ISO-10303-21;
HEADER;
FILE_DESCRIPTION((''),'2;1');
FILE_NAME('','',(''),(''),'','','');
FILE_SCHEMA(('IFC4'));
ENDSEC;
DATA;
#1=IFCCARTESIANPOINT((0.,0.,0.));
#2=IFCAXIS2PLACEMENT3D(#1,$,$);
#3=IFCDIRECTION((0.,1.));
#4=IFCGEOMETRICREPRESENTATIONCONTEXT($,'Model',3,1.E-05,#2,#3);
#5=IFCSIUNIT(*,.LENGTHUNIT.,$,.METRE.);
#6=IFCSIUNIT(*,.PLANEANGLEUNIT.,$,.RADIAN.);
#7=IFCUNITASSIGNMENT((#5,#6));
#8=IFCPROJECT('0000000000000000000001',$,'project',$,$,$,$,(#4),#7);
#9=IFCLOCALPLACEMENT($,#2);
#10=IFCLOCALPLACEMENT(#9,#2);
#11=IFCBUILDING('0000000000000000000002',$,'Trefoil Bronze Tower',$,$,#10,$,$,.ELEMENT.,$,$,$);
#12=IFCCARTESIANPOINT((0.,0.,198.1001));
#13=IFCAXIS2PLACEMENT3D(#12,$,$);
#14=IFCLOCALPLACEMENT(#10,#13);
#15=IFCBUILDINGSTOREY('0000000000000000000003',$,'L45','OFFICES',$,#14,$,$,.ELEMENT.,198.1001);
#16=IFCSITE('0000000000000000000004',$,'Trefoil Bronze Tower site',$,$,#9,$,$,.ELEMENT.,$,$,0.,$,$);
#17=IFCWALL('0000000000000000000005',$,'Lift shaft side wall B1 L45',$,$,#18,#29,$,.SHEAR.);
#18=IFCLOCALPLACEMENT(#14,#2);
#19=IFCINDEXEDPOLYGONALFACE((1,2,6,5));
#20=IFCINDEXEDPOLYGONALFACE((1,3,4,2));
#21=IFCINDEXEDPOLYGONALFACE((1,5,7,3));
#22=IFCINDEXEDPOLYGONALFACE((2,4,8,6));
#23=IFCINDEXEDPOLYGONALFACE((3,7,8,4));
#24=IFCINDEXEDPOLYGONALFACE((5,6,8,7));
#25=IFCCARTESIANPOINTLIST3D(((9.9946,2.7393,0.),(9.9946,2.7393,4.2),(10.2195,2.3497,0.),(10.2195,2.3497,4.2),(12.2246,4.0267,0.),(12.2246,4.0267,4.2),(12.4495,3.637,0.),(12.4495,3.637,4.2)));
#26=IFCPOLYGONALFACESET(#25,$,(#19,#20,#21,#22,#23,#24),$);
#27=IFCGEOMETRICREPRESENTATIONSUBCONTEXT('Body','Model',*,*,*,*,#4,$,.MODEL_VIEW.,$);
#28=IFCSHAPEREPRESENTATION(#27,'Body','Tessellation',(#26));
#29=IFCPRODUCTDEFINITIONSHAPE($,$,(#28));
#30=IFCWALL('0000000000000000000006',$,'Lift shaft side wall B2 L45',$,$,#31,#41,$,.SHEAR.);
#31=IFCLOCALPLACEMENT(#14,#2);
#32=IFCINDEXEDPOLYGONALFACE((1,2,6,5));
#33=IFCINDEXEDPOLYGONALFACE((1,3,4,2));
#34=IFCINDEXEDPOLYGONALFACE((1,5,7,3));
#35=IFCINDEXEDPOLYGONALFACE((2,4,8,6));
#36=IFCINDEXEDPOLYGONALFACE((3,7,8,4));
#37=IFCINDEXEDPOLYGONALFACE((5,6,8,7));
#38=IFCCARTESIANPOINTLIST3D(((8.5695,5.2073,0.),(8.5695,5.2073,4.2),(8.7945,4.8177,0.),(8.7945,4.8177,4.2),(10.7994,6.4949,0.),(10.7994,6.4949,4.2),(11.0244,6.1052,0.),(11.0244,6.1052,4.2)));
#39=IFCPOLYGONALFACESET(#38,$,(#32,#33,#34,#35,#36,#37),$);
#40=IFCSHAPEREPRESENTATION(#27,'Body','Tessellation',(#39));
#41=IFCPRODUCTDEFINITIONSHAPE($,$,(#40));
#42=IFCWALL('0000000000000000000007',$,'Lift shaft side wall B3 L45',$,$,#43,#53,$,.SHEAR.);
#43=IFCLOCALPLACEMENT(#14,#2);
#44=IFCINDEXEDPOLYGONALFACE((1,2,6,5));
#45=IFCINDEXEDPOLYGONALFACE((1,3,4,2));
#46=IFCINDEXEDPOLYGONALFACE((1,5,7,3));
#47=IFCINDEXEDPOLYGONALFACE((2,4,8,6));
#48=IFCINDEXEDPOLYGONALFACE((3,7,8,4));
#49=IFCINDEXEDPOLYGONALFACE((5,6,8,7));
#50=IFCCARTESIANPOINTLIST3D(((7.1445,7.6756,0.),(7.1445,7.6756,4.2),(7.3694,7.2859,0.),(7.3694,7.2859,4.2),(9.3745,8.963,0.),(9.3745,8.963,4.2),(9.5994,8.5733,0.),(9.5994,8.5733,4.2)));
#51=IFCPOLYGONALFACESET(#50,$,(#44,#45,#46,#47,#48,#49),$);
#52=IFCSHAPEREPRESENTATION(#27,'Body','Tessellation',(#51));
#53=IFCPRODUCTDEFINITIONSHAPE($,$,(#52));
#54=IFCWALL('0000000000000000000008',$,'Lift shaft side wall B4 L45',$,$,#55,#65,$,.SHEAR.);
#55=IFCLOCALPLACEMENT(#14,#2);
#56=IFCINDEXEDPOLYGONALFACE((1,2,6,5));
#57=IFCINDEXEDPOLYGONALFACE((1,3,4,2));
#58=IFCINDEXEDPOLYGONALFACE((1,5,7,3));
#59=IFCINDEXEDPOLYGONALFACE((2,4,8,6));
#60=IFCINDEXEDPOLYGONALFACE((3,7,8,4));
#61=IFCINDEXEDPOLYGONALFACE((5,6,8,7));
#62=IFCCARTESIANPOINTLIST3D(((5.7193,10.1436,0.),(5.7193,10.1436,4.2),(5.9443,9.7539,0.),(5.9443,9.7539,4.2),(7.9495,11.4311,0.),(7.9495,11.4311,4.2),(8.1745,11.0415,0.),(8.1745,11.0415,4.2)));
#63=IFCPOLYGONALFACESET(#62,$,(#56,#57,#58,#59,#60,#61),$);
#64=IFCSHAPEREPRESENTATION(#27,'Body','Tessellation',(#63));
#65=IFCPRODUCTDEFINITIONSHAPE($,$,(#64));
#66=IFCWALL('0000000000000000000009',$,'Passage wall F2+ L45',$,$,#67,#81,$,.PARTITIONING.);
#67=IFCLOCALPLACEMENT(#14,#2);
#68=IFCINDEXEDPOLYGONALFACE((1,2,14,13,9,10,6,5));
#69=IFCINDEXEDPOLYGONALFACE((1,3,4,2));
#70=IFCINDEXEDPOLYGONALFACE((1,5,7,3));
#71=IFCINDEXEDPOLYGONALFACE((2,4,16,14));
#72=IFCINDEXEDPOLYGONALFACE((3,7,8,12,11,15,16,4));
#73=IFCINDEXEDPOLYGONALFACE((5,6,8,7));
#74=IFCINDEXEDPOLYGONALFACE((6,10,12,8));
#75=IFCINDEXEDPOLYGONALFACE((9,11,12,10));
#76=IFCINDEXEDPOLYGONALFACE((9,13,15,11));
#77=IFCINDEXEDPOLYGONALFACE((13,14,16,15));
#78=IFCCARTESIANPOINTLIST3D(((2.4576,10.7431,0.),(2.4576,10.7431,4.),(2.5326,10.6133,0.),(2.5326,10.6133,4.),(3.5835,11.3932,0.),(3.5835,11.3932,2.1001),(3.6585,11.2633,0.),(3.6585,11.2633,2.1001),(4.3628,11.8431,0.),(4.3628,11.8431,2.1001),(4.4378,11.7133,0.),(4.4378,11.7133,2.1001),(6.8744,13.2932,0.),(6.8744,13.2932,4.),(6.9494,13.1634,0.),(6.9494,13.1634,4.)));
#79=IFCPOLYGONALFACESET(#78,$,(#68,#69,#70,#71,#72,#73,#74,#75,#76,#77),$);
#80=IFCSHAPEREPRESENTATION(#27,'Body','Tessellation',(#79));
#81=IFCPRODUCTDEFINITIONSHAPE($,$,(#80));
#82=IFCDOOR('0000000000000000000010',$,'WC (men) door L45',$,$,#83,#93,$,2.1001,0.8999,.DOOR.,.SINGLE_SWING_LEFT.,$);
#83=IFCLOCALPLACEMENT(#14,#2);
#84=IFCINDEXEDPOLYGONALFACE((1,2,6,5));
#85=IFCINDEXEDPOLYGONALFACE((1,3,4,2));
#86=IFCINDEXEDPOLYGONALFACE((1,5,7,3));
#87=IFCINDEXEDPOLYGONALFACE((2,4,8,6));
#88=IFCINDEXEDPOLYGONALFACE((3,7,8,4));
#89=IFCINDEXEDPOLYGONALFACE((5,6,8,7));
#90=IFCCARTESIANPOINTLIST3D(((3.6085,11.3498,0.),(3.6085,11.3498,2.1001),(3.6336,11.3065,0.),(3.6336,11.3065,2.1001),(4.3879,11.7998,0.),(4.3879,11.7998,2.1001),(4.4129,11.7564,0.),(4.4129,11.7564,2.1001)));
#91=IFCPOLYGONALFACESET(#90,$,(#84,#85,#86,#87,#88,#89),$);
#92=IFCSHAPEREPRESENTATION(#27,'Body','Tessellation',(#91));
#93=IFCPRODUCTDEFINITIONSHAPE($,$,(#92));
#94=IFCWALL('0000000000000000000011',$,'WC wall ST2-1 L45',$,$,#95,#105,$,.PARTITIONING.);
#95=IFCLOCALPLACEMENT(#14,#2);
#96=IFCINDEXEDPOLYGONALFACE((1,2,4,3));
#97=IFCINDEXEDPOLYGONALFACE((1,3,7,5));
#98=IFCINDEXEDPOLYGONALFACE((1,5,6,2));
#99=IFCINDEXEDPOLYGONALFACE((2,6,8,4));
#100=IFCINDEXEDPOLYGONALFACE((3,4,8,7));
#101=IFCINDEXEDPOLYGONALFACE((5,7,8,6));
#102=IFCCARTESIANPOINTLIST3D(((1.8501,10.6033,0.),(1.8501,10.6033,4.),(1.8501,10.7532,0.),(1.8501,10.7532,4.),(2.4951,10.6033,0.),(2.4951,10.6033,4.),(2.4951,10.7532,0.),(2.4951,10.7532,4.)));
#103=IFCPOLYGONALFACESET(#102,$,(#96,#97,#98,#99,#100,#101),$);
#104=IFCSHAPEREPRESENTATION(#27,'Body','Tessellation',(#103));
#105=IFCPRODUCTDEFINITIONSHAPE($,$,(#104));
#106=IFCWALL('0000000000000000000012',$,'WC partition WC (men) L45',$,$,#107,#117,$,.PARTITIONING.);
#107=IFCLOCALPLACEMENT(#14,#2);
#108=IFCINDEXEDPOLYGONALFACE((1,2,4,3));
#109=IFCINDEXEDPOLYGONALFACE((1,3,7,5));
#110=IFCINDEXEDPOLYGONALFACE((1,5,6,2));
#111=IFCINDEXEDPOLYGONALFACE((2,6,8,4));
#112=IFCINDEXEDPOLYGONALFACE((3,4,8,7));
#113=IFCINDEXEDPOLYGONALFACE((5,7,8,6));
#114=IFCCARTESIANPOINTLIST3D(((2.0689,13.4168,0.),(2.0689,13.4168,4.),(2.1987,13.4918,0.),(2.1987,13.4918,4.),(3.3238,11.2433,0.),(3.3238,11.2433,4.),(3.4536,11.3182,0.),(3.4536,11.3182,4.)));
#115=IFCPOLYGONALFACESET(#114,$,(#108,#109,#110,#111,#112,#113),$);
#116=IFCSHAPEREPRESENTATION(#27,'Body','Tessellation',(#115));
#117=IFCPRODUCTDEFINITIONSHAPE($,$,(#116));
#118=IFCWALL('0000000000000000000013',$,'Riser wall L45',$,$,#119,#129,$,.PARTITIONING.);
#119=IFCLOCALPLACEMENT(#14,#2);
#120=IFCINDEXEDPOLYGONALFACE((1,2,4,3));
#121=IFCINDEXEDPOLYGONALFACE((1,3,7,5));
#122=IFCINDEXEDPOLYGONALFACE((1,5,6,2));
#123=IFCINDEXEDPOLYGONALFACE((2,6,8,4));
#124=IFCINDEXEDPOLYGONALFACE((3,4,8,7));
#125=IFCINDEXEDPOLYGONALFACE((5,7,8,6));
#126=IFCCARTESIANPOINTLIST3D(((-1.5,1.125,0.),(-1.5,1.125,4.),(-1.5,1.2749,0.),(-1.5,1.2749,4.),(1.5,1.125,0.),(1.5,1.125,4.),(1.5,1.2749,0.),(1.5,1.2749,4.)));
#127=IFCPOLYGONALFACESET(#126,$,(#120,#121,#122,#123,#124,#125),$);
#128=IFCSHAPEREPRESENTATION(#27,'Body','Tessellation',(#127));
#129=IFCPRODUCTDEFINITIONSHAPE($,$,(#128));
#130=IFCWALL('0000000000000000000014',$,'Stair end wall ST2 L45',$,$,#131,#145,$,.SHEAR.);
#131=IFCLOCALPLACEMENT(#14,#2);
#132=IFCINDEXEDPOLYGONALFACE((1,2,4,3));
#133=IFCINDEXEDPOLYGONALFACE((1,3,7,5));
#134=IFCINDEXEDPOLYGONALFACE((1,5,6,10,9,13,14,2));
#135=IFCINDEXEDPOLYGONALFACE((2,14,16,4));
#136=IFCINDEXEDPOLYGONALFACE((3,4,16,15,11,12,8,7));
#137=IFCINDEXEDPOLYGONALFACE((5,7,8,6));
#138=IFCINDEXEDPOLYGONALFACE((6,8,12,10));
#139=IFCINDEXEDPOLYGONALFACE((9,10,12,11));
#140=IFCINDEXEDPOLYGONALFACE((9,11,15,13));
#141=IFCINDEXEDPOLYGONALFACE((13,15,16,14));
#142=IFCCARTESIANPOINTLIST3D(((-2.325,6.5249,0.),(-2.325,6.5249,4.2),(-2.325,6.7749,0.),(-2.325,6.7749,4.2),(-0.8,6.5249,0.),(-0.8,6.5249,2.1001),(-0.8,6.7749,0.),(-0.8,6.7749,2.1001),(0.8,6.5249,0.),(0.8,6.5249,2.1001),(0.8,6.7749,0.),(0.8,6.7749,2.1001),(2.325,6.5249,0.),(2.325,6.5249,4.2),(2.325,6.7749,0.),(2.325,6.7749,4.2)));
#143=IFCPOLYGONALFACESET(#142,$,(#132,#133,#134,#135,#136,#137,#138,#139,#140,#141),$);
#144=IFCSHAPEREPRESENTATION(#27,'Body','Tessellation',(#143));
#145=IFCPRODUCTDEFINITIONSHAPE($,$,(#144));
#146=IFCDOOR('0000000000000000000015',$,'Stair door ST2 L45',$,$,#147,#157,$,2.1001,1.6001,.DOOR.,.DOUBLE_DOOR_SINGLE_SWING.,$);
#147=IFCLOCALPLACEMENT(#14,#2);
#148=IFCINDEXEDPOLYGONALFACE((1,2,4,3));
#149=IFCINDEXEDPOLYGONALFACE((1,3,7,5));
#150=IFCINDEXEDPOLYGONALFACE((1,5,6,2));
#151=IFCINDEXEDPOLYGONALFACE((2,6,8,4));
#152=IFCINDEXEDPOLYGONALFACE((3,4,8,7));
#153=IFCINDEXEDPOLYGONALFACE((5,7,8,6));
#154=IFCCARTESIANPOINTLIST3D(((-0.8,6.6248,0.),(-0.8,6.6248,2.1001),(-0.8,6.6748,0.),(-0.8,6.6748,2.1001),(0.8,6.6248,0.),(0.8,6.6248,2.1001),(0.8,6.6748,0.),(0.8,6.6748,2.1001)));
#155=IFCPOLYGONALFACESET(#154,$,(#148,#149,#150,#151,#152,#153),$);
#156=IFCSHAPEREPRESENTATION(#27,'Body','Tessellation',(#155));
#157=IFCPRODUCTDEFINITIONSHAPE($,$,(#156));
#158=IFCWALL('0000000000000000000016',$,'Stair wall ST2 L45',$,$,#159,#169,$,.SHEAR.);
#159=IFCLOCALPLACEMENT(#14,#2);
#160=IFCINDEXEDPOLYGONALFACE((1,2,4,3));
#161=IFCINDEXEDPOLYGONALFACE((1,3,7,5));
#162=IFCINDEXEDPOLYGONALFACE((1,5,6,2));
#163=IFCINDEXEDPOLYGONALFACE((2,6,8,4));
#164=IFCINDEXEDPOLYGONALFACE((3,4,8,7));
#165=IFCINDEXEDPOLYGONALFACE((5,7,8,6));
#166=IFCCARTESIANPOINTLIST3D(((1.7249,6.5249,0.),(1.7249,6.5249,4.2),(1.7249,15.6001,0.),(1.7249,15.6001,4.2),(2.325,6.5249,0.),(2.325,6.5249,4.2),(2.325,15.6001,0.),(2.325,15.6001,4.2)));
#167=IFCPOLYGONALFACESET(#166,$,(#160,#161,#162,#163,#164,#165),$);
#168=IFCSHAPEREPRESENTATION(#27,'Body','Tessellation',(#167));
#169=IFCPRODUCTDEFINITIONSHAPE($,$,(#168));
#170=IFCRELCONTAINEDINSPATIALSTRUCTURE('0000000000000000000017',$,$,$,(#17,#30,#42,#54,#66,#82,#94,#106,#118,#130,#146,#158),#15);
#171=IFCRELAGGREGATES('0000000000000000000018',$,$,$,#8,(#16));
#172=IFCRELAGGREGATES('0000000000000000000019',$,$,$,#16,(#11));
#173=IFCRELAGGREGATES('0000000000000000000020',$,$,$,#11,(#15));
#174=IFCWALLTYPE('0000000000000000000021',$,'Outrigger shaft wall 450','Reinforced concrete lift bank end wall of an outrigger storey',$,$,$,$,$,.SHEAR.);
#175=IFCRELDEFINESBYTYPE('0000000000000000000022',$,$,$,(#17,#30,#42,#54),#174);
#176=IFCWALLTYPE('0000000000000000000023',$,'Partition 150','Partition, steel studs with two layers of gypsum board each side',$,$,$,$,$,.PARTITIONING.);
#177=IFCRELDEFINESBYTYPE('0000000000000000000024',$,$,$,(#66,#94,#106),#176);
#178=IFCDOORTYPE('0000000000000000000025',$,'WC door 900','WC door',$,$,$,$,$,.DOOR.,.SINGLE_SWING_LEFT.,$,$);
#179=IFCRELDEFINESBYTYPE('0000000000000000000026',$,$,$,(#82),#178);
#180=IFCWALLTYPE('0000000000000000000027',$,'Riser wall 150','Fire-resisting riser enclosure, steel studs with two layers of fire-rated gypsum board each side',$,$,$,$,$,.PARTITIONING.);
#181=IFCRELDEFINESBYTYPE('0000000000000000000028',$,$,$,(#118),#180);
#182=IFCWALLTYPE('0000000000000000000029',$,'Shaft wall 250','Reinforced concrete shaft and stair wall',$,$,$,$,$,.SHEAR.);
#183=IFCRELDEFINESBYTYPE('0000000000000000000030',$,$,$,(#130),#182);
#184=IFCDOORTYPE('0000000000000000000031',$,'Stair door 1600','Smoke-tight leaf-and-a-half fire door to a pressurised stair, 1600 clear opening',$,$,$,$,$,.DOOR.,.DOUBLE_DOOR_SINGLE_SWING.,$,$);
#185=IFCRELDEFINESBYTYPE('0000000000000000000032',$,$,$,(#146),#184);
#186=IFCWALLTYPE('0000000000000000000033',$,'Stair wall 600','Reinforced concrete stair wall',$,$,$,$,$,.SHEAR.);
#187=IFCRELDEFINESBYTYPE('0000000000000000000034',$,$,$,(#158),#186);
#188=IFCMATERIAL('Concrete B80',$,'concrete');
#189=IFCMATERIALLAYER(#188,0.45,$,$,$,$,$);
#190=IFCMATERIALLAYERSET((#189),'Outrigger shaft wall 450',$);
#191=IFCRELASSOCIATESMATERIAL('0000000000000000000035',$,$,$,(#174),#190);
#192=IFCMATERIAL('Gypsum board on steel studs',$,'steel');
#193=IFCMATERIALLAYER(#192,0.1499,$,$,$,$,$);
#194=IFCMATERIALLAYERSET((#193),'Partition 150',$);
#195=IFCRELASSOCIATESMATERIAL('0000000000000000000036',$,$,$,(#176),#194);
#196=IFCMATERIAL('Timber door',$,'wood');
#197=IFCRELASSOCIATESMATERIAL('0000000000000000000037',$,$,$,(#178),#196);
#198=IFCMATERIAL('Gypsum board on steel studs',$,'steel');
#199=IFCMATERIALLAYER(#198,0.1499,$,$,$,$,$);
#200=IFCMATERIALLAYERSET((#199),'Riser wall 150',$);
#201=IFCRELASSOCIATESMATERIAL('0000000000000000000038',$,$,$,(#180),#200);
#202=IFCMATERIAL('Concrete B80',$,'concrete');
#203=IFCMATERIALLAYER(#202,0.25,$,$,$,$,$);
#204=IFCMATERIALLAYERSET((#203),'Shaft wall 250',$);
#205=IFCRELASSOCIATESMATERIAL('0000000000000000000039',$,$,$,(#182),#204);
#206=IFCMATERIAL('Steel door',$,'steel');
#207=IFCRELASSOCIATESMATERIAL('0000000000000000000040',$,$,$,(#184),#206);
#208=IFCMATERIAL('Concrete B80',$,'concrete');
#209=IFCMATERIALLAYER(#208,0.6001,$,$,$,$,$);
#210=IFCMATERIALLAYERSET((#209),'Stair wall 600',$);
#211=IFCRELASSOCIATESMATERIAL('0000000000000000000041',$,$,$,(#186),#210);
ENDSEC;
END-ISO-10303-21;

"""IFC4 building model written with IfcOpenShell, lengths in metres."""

from ifc_helpers import new_model, si_unit, direction, frame, frame_2d, origin, place, context, subcontext, project, spatial, rectangle, extrude, material, layer, layer_set, type_object, element, fill, save


model = new_model("IFC4")

# Units and contexts
model_context = context("Model", 3, precision=1e-05, world=origin(), true_north=direction((0.0, 1.0)))
body_context = subcontext(model_context, "Body", "Model", "MODEL_VIEW")
ifc_project = project(units=[si_unit("LENGTHUNIT", "METRE"), si_unit("PLANEANGLEUNIT", "RADIAN")], contexts=[model_context])

# Site, building, storey
site_placement = place(None, origin())
site = spatial("IfcSite", under=ifc_project, at=site_placement, Name="Trefoil Bronze Tower site", CompositionType="ELEMENT", RefElevation=0.0)
building_placement = place(site_placement, origin())
building = spatial("IfcBuilding", under=site, at=building_placement, Name="Trefoil Bronze Tower", CompositionType="ELEMENT")
storey_placement = place(building_placement, frame((0.0, 0.0, 198.1001)))
storey = spatial("IfcBuildingStorey", under=building, at=storey_placement, Name="L45", Description="OFFICES", CompositionType="ELEMENT", Elevation=198.1001)

# Walls
ifc_material_1 = material(Name="Concrete B80", Category="concrete")
ifc_layer_1 = layer(ifc_material_1, 0.45)
ifc_layer_set_1 = layer_set([ifc_layer_1], Name="Outrigger shaft wall 450")
wall_type_1 = type_object("IfcWallType", Name="Outrigger shaft wall 450", Description="Reinforced concrete lift bank end wall of an outrigger storey", PredefinedType="SHEAR", material=ifc_layer_set_1)
for number, where, z_axis, x_axis, name in (
    (1, (10.1069, 2.5444, 0.0), (0.0, 0.0, 1.0), (0.866047, 0.499963, 0.0), "Lift shaft side wall B1 L45"),
    (2, (8.6819, 5.0125, 0.0), (0.0, 0.0, 1.0), (0.866006, 0.500034, 0.0), "Lift shaft side wall B2 L45"),
    (3, (7.2568, 7.4807, 0.0), (0.0, 0.0, 1.0), (0.866047, 0.499963, 0.0), "Lift shaft side wall B3 L45"),
):
    element("IfcWall", number, at=place(storey_placement, frame(where, z_axis=z_axis, x_axis=x_axis)), inside=storey, type_object=wall_type_1, Name=name, PredefinedType="SHEAR", context=body_context, shape_type="SweptSolid", body=[
        extrude(rectangle(XDim=2.575, YDim=0.45, at=frame_2d((1.2876, 0.0))), origin(), (0.0, 0.0, 1.0), 4.2),
    ])
wall_1_placement = place(storey_placement, frame((5.8318, 9.9487, 0.0), z_axis=(0.0, 0.0, 1.0), x_axis=(0.866029, 0.499993, 0.0)))
element("IfcWall", 4, at=wall_1_placement, inside=storey, type_object=wall_type_1, Name="Lift shaft side wall B4 L45", PredefinedType="SHEAR", context=body_context, shape_type="SweptSolid", body=[
    extrude(rectangle(XDim=2.5752, YDim=0.45, at=frame_2d((1.2876, 0.0))), origin(), (0.0, 0.0, 1.0), 4.2),
])

# Wall, opening, door
ifc_material_2 = material(Name="Gypsum board on steel studs", Category="steel")
ifc_layer_2 = layer(ifc_material_2, 0.1499)
ifc_layer_set_2 = layer_set([ifc_layer_2], Name="Partition 150")
wall_type_2 = type_object("IfcWallType", Name="Partition 150", Description="Partition, steel studs with two layers of gypsum board each side", PredefinedType="PARTITIONING", material=ifc_layer_set_2)
wall_2_placement = place(storey_placement, frame((2.4951, 10.6782, 0.0), z_axis=(0.0, 0.0, 1.0), x_axis=(0.866022, 0.500006, 0.0)))
wall_2 = element("IfcWall", 5, at=wall_2_placement, inside=storey, type_object=wall_type_2, Name="Passage wall F2+ L45", PredefinedType="PARTITIONING", context=body_context, shape_type="SweptSolid", body=[
    extrude(rectangle(XDim=5.1001, YDim=0.1499, at=frame_2d((2.55, 0.0))), origin(), (0.0, 0.0, 1.0), 4.0),
])
opening_1_placement = place(wall_2_placement, frame((1.3, 0.0, 0.0)))
opening_1 = element("IfcOpeningElement", 6, at=opening_1_placement, cuts=wall_2, PredefinedType="OPENING", context=body_context, shape_type="SweptSolid", body=[
    extrude(rectangle(XDim=0.8999, YDim=2.1001, at=frame_2d((0.45, 1.05))), frame((0.0, 0.085, 0.0), z_axis=(0.0, -1.0, 0.0), x_axis=(1.0, 0.0, 0.0)), (0.0, 0.0, 1.0), 0.1699),
])
ifc_material_3 = material(Name="Timber door", Category="wood")
door_type_1 = type_object("IfcDoorType", Name="WC door 900", Description="WC door", OperationType="SINGLE_SWING_LEFT", PredefinedType="DOOR", material=ifc_material_3)
door_1_placement = place(opening_1_placement, origin())
door_1 = element("IfcDoor", 7, at=door_1_placement, inside=storey, type_object=door_type_1, Name="WC (men) door L45", OperationType="SINGLE_SWING_LEFT", OverallHeight=2.1001, OverallWidth=0.8999, PredefinedType="DOOR", context=body_context, shape_type="SweptSolid", body=[
    extrude(rectangle(XDim=0.8999, YDim=2.1001, at=frame_2d((0.45, 1.05))), frame((0.0, 0.0249, 0.0), z_axis=(0.0, -1.0, 0.0), x_axis=(1.0, 0.0, 0.0)), (0.0, 0.0, 1.0), 0.05),
])
fill(opening_1, door_1)

# Walls
wall_3_placement = place(storey_placement, frame((2.4951, 10.6782, 0.0), z_axis=(0.0, 0.0, 1.0), x_axis=(-1.0, 0.0, 0.0)))
element("IfcWall", 8, at=wall_3_placement, inside=storey, type_object=wall_type_2, Name="WC wall ST2-1 L45", PredefinedType="PARTITIONING", context=body_context, shape_type="SweptSolid", body=[
    extrude(rectangle(XDim=0.645, YDim=0.1499, at=frame_2d((0.3225, 0.0))), origin(), (0.0, 0.0, 1.0), 4.0),
])
wall_4_placement = place(storey_placement, frame((3.3887, 11.2808, 0.0), z_axis=(0.0, 0.0, 1.0), x_axis=(-0.499989, 0.866032, 0.0)))
element("IfcWall", 9, at=wall_4_placement, inside=storey, type_object=wall_type_2, Name="WC partition WC (men) L45", PredefinedType="PARTITIONING", context=body_context, shape_type="SweptSolid", body=[
    extrude(rectangle(XDim=2.5098, YDim=0.1499, at=frame_2d((1.2549, 0.0))), origin(), (0.0, 0.0, 1.0), 4.0),
])
ifc_material_4 = material(Name="Gypsum board on steel studs", Category="steel")
ifc_layer_3 = layer(ifc_material_4, 0.1499)
ifc_layer_set_3 = layer_set([ifc_layer_3], Name="Riser wall 150")
wall_type_3 = type_object("IfcWallType", Name="Riser wall 150", Description="Fire-resisting riser enclosure, steel studs with two layers of fire-rated gypsum board each side", PredefinedType="PARTITIONING", material=ifc_layer_set_3)
wall_5_placement = place(storey_placement, frame((1.5, 1.2, 0.0), z_axis=(0.0, 0.0, 1.0), x_axis=(-1.0, 0.0, 0.0)))
element("IfcWall", 10, at=wall_5_placement, inside=storey, type_object=wall_type_3, Name="Riser wall L45", PredefinedType="PARTITIONING", context=body_context, shape_type="SweptSolid", body=[
    extrude(rectangle(XDim=3.0, YDim=0.1499, at=frame_2d((1.5, 0.0))), origin(), (0.0, 0.0, 1.0), 4.0),
])

# Wall, opening, door
ifc_material_5 = material(Name="Concrete B80", Category="concrete")
ifc_layer_4 = layer(ifc_material_5, 0.25)
ifc_layer_set_4 = layer_set([ifc_layer_4], Name="Shaft wall 250")
wall_type_4 = type_object("IfcWallType", Name="Shaft wall 250", Description="Reinforced concrete shaft and stair wall", PredefinedType="SHEAR", material=ifc_layer_set_4)
wall_6_placement = place(storey_placement, frame((2.325, 6.6499, 0.0), z_axis=(0.0, 0.0, 1.0), x_axis=(-1.0, 0.0, 0.0)))
wall_6 = element("IfcWall", 11, at=wall_6_placement, inside=storey, type_object=wall_type_4, Name="Stair end wall ST2 L45", PredefinedType="SHEAR", context=body_context, shape_type="SweptSolid", body=[
    extrude(rectangle(XDim=4.6499, YDim=0.25, at=frame_2d((2.325, 0.0))), origin(), (0.0, 0.0, 1.0), 4.2),
])
opening_2_placement = place(wall_6_placement, frame((1.5249, 0.0, 0.0)))
opening_2 = element("IfcOpeningElement", 12, at=opening_2_placement, cuts=wall_6, PredefinedType="OPENING", context=body_context, shape_type="SweptSolid", body=[
    extrude(rectangle(XDim=1.6001, YDim=2.1001, at=frame_2d((0.8, 1.05))), frame((0.0, 0.135, 0.0), z_axis=(0.0, -1.0, 0.0), x_axis=(1.0, 0.0, 0.0)), (0.0, 0.0, 1.0), 0.27),
])
ifc_material_6 = material(Name="Steel door", Category="steel")
door_type_2 = type_object("IfcDoorType", Name="Stair door 1600", Description="Smoke-tight leaf-and-a-half fire door to a pressurised stair, 1600 clear opening", OperationType="DOUBLE_DOOR_SINGLE_SWING", PredefinedType="DOOR", material=ifc_material_6)
door_2_placement = place(opening_2_placement, frame((1.6001, 0.0, 0.0), z_axis=(0.0, 0.0, 1.0), x_axis=(-1.0, 0.0, 0.0)))
door_2 = element("IfcDoor", 13, at=door_2_placement, inside=storey, type_object=door_type_2, Name="Stair door ST2 L45", OperationType="DOUBLE_DOOR_SINGLE_SWING", OverallHeight=2.1001, OverallWidth=1.6001, PredefinedType="DOOR", context=body_context, shape_type="SweptSolid", body=[
    extrude(rectangle(XDim=1.6001, YDim=2.1001, at=frame_2d((0.8, 1.05))), frame((0.0, 0.0249, 0.0), z_axis=(0.0, -1.0, 0.0), x_axis=(1.0, 0.0, 0.0)), (0.0, 0.0, 1.0), 0.05),
])
fill(opening_2, door_2)

# Wall
ifc_material_7 = material(Name="Concrete B80", Category="concrete")
ifc_layer_5 = layer(ifc_material_7, 0.6001)
ifc_layer_set_5 = layer_set([ifc_layer_5], Name="Stair wall 600")
wall_type_5 = type_object("IfcWallType", Name="Stair wall 600", Description="Reinforced concrete stair wall", PredefinedType="SHEAR", material=ifc_layer_set_5)
wall_7_placement = place(storey_placement, frame((2.0249, 6.5249, 0.0), z_axis=(0.0, 0.0, 1.0), x_axis=(0.0, 1.0, 0.0)))
element("IfcWall", 14, at=wall_7_placement, inside=storey, type_object=wall_type_5, Name="Stair wall ST2 L45", PredefinedType="SHEAR", context=body_context, shape_type="SweptSolid", body=[
    extrude(rectangle(XDim=9.0752, YDim=0.6001, at=frame_2d((4.5376, 0.0))), origin(), (0.0, 0.0, 1.0), 4.2),
])

save(model, "model.ifc")
